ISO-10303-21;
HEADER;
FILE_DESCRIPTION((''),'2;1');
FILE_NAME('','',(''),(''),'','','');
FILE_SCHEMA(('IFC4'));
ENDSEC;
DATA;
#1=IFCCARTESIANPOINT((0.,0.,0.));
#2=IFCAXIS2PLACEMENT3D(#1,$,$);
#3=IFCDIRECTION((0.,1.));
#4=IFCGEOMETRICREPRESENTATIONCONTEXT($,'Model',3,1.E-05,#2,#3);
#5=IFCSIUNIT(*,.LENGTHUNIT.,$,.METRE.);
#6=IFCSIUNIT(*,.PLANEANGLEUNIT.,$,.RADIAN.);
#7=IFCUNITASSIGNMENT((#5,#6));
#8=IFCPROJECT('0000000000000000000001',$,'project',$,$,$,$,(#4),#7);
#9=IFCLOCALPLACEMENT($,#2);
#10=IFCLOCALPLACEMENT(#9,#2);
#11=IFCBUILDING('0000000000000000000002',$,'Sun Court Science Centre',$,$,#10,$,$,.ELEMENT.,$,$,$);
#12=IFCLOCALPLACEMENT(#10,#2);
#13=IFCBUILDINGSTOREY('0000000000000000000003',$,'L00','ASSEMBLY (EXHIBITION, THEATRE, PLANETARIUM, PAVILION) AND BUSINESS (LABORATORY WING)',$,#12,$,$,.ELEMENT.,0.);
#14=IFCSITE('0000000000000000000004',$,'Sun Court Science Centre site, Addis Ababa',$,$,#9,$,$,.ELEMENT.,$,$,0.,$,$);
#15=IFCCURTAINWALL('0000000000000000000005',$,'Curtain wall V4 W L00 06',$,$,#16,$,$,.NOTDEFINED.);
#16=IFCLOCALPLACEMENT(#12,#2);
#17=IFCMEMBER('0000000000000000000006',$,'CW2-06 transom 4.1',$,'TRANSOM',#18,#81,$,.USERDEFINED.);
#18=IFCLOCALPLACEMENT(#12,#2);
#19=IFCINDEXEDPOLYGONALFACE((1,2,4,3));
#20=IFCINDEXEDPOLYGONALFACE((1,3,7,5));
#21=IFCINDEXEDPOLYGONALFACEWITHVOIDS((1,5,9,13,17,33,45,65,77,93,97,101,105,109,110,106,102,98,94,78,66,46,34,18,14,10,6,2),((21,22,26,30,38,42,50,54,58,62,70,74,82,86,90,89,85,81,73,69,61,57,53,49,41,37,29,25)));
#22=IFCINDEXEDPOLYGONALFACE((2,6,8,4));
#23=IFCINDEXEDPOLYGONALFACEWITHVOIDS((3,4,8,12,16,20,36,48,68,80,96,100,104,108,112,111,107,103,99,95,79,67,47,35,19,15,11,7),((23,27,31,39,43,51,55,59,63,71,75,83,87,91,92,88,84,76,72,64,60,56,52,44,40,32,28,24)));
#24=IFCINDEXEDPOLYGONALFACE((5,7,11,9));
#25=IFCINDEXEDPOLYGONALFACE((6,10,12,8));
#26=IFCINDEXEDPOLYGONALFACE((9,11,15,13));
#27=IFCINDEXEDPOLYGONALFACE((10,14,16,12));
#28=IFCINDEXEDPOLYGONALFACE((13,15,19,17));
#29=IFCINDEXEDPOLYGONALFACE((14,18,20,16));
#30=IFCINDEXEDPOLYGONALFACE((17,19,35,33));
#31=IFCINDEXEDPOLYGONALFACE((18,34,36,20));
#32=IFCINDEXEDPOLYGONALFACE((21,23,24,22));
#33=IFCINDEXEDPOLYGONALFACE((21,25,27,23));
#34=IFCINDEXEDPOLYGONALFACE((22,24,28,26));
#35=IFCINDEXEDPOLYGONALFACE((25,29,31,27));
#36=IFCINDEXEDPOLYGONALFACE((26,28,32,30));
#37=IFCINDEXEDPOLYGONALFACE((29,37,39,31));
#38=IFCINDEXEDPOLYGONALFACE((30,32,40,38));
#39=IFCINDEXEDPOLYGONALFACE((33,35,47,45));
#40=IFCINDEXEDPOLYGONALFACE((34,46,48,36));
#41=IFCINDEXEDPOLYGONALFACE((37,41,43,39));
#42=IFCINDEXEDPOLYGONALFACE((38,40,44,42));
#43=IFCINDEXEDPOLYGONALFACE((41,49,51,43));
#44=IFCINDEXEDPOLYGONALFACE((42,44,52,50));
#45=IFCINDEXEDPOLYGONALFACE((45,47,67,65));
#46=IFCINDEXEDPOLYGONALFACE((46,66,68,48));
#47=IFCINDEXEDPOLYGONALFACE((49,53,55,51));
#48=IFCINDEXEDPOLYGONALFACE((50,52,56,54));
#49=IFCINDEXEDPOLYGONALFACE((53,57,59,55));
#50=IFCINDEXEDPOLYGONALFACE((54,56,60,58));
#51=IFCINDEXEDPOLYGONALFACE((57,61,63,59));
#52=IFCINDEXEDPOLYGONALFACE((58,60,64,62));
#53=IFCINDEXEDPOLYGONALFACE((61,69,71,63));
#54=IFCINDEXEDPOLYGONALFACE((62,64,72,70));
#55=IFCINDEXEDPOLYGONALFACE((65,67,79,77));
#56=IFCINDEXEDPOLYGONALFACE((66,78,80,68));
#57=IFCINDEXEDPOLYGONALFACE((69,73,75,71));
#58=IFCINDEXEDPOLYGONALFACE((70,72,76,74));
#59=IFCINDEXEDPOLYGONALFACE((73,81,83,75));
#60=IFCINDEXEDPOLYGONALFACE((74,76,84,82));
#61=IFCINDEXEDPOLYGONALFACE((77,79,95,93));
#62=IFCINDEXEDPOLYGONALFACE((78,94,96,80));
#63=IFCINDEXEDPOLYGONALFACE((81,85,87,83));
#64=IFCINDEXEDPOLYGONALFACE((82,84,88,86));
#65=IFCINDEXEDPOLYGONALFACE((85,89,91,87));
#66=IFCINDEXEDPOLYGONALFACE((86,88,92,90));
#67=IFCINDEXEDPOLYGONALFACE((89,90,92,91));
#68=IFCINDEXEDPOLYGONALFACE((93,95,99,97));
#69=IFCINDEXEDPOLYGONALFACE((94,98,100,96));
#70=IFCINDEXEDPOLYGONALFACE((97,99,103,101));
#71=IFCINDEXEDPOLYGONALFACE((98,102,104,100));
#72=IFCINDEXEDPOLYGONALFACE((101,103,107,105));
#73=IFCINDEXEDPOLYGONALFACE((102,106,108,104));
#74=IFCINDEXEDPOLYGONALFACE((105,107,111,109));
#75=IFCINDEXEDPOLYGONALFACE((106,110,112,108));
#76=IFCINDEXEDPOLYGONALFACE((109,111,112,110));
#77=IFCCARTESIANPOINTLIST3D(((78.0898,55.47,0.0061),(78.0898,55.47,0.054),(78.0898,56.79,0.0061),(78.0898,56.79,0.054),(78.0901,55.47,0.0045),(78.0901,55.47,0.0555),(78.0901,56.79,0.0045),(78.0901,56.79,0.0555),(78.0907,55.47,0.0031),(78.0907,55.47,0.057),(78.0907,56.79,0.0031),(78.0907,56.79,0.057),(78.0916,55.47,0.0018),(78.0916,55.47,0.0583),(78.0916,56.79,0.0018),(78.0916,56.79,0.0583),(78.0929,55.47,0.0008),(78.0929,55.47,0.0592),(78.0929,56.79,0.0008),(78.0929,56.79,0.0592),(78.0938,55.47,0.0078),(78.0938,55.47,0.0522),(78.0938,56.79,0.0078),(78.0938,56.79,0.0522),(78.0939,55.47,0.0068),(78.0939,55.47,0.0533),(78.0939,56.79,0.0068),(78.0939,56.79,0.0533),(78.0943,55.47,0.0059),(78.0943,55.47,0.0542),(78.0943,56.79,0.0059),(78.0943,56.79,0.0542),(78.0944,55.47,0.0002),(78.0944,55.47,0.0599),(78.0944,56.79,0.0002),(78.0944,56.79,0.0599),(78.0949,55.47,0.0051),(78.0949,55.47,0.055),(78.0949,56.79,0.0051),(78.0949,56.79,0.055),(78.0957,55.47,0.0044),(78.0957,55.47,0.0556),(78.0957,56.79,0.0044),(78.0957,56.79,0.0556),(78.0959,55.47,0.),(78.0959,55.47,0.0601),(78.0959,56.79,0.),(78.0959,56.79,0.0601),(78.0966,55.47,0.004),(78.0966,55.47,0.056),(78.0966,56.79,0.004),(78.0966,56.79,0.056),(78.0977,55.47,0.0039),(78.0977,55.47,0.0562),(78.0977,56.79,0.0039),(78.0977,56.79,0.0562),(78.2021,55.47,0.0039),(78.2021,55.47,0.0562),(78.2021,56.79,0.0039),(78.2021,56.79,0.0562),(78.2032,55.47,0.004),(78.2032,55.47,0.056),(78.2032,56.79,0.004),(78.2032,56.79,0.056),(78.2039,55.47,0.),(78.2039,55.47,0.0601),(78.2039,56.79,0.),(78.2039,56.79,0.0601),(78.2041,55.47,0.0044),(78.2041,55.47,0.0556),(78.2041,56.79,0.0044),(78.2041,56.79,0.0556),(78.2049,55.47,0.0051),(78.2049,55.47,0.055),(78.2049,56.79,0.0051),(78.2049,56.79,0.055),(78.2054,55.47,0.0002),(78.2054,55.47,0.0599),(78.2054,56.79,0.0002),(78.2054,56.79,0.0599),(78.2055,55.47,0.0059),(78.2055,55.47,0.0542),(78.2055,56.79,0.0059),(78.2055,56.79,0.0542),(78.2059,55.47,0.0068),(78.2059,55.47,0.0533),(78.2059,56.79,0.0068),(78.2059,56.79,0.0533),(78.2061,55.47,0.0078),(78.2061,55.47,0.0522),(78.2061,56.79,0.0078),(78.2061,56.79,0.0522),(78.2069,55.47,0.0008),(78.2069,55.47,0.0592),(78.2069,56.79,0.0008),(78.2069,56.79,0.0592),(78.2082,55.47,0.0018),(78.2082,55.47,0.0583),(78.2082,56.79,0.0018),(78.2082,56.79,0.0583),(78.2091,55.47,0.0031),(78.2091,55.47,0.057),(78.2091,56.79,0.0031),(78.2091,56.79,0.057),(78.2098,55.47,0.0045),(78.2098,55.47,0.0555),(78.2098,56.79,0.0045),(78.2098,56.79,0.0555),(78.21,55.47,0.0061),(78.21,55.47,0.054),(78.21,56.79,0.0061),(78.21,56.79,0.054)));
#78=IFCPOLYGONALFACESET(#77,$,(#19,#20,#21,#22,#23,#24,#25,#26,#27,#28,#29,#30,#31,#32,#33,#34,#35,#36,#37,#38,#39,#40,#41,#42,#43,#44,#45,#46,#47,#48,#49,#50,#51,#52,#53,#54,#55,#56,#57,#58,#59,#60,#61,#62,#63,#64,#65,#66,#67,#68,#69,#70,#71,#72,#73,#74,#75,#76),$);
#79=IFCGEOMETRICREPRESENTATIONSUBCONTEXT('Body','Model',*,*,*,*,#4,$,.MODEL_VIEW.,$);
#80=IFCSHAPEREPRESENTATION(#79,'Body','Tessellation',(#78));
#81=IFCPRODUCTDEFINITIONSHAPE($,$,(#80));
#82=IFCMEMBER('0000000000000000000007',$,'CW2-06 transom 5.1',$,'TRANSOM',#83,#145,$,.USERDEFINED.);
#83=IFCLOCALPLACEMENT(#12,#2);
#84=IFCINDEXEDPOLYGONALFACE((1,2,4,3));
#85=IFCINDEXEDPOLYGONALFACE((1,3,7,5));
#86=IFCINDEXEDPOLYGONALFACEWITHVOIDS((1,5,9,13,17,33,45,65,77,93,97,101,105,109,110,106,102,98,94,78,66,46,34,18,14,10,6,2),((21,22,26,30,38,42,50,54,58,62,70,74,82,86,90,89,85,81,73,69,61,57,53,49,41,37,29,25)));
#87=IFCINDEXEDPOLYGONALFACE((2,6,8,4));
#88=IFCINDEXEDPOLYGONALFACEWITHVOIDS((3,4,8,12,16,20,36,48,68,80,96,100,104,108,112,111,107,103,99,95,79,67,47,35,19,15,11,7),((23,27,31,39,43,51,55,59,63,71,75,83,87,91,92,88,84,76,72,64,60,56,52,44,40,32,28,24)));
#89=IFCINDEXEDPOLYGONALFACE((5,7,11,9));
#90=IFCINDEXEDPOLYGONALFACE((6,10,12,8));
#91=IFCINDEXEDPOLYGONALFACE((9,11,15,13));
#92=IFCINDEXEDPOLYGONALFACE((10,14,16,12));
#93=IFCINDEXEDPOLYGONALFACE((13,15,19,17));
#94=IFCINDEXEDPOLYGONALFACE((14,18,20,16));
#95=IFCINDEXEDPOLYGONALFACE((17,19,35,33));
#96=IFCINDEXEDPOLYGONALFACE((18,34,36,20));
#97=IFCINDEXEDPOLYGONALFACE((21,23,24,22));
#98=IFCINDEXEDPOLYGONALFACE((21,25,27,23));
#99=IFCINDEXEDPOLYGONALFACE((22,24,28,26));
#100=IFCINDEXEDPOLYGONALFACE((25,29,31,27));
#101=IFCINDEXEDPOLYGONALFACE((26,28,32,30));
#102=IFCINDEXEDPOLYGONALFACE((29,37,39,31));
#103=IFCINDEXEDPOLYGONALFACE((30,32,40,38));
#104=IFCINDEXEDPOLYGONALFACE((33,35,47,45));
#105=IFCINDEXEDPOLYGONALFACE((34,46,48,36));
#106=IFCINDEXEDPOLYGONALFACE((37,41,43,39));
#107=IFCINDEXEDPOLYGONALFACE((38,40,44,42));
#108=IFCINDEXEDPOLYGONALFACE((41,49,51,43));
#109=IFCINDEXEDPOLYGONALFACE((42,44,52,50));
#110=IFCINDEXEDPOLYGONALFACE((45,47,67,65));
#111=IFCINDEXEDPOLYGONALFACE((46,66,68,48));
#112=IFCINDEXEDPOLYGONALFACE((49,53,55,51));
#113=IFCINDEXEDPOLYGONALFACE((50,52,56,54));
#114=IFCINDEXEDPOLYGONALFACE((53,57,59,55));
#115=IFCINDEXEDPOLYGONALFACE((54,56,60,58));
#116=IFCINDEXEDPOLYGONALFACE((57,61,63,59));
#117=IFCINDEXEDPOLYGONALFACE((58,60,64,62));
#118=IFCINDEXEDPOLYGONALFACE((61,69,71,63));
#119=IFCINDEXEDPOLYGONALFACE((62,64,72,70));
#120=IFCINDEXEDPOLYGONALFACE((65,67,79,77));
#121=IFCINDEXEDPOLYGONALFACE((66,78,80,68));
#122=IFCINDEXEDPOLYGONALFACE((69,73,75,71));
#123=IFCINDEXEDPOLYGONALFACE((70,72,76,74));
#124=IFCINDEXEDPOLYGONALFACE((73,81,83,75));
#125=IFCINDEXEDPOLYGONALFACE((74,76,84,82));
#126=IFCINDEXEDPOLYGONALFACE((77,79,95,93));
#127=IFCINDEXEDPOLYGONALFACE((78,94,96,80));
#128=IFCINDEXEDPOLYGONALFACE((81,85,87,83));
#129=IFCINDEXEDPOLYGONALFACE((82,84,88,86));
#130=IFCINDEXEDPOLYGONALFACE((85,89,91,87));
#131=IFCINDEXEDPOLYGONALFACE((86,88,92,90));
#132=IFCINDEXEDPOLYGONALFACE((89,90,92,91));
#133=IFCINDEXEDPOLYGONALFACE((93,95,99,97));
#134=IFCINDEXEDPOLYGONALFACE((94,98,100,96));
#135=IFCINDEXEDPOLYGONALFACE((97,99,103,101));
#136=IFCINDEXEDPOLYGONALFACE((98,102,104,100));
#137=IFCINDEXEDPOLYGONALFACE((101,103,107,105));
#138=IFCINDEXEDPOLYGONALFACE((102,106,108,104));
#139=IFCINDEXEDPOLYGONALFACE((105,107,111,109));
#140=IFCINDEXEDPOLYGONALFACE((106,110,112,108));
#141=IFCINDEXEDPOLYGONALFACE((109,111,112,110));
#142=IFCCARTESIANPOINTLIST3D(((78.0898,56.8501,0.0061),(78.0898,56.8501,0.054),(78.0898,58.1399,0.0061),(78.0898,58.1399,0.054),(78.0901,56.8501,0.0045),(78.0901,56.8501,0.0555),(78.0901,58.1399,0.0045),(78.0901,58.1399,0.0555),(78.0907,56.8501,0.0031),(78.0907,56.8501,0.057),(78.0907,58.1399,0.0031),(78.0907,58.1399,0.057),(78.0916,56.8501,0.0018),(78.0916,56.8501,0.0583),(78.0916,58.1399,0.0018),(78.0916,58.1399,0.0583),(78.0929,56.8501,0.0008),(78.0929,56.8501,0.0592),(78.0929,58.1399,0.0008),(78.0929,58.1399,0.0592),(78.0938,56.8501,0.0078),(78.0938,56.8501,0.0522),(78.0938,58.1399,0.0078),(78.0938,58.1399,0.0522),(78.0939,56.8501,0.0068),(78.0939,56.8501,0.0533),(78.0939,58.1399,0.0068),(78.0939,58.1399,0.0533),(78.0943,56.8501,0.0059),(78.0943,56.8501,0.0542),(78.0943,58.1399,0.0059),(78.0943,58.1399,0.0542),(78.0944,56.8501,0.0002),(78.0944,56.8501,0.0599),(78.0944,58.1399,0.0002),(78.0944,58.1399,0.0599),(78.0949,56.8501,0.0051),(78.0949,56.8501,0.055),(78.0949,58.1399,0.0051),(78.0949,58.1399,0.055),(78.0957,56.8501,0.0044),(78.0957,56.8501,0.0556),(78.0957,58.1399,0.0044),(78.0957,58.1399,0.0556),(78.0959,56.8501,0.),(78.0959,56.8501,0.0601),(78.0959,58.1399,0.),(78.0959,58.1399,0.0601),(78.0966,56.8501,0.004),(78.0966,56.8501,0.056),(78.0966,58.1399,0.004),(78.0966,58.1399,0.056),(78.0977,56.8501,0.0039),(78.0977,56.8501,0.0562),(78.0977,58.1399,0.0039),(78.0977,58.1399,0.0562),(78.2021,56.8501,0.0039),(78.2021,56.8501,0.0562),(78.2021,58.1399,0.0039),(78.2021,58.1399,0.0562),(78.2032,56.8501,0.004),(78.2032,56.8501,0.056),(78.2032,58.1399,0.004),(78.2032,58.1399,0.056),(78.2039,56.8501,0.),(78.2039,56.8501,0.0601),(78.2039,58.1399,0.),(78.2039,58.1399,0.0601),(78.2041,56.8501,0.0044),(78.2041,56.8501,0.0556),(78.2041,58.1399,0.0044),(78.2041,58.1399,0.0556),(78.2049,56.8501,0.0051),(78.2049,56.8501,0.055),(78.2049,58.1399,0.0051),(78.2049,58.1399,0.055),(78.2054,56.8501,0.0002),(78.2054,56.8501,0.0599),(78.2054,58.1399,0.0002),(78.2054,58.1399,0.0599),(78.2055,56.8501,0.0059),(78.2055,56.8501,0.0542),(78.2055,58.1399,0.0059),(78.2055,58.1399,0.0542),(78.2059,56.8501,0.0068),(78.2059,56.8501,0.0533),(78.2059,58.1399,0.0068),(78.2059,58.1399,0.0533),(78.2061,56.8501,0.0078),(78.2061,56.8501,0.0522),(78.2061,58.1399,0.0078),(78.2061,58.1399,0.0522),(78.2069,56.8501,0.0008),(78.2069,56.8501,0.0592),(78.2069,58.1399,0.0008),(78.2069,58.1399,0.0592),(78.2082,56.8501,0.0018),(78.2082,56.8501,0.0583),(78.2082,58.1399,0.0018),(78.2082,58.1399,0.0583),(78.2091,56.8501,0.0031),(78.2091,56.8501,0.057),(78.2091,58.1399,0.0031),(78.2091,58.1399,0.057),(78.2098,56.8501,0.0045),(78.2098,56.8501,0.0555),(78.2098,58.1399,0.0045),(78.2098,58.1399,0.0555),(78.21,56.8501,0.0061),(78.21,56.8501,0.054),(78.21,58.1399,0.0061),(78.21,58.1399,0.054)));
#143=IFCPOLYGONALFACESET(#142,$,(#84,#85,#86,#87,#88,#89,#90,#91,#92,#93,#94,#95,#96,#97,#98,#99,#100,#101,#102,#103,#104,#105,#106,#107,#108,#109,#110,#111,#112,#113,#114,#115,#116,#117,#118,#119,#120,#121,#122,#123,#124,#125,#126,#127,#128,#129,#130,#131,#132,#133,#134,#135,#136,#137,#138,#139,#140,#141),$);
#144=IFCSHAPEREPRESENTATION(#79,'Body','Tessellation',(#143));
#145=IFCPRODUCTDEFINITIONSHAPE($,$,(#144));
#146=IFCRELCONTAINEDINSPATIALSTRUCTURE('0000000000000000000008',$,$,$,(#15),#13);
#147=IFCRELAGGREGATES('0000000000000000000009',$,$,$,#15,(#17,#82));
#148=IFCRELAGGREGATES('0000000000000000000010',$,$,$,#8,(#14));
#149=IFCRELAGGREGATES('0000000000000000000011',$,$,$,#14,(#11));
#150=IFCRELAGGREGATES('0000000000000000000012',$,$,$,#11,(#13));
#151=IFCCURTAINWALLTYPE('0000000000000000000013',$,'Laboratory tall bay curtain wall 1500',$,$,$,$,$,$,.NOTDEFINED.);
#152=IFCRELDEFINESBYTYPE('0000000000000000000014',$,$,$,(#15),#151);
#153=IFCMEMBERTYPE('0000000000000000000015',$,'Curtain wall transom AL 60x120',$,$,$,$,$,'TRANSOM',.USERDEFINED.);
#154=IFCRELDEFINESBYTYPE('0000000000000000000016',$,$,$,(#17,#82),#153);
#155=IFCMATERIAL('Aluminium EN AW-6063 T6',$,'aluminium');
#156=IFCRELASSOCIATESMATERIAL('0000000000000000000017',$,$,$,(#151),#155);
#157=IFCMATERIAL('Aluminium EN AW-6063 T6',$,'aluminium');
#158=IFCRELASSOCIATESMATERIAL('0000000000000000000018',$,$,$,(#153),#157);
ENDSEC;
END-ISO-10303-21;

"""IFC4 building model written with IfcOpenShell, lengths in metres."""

from ifc_helpers import new_model, si_unit, direction, frame, origin, origin_2d, place, context, subcontext, project, spatial, hollow_rectangle, extrude, material, material_profile, profile_set, type_object, element, aggregate, save


model = new_model("IFC4")

# Units and contexts
model_context = context("Model", 3, precision=1e-05, world=origin(), true_north=direction((0.0, 1.0)))
body_context = subcontext(model_context, "Body", "Model", "MODEL_VIEW")
ifc_project = project(units=[si_unit("LENGTHUNIT", "METRE"), si_unit("PLANEANGLEUNIT", "RADIAN")], contexts=[model_context])

# Site, building, storey
site_placement = place(None, origin())
site = spatial("IfcSite", under=ifc_project, at=site_placement, Name="Sun Court Science Centre site, Addis Ababa", CompositionType="ELEMENT", RefElevation=0.0)
building_placement = place(site_placement, origin())
building = spatial("IfcBuilding", under=site, at=building_placement, Name="Sun Court Science Centre", CompositionType="ELEMENT")
storey_placement = place(building_placement, origin())
storey = spatial("IfcBuildingStorey", under=building, at=storey_placement, Name="L00", Description="ASSEMBLY (EXHIBITION, THEATRE, PLANETARIUM, PAVILION) AND BUSINESS (LABORATORY WING)", CompositionType="ELEMENT", Elevation=0.0)

# Curtain wall, members
ifc_material_1 = material(Name="Aluminium EN AW-6063 T6", Category="aluminium")
curtain_wall_type = type_object("IfcCurtainWallType", Name="Laboratory tall bay curtain wall 1500", PredefinedType="NOTDEFINED", material=ifc_material_1)
curtain_wall_placement = place(storey_placement, origin())
curtain_wall = element("IfcCurtainWall", 1, at=curtain_wall_placement, inside=storey, type_object=curtain_wall_type, Name="Curtain wall V4 W L00 06", PredefinedType="NOTDEFINED")
ifc_material_2 = material(Name="Aluminium EN AW-6063 T6", Category="aluminium")
ifc_material_profile_1 = material_profile(ifc_material_2, hollow_rectangle(XDim=0.0601, YDim=0.1201, WallThickness=0.0039, InnerFilletRadius=0.0039, OuterFilletRadius=0.0061, at=origin_2d()), Name="AL 60x120x4")
ifc_profile_set_1 = profile_set([ifc_material_profile_1], Name="Aluminium EN AW-6063 T6")
member_type_1 = type_object("IfcMemberType", Name="Curtain wall transom AL 60x120", ElementType="TRANSOM", PredefinedType="USERDEFINED", material=ifc_profile_set_1)
member_1_placement = place(storey_placement, frame((78.1499, 55.47, 0.03), z_axis=(0.0, 1.0, 0.0), x_axis=(0.0, 0.0, 1.0)))
member_1 = element("IfcMember", 2, at=member_1_placement, type_object=member_type_1, Name="CW2-06 transom 4.1", ObjectType="TRANSOM", PredefinedType="USERDEFINED", context=body_context, shape_type="SweptSolid", body=[
    extrude(hollow_rectangle(XDim=0.0601, YDim=0.1201, WallThickness=0.0039, InnerFilletRadius=0.0039, OuterFilletRadius=0.0061, at=origin_2d()), origin(), (0.0, 0.0, 1.0), 1.3201),
])
member_2_placement = place(storey_placement, frame((78.1499, 56.8501, 0.03), z_axis=(0.0, 1.0, 0.0), x_axis=(0.0, 0.0, 1.0)))
member_2 = element("IfcMember", 3, at=member_2_placement, type_object=member_type_1, Name="CW2-06 transom 5.1", ObjectType="TRANSOM", PredefinedType="USERDEFINED", context=body_context, shape_type="SweptSolid", body=[
    extrude(hollow_rectangle(XDim=0.0601, YDim=0.1201, WallThickness=0.0039, InnerFilletRadius=0.0039, OuterFilletRadius=0.0061, at=origin_2d()), origin(), (0.0, 0.0, 1.0), 1.2898),
])
aggregate(curtain_wall, [member_1, member_2])

save(model, "model.ifc")
